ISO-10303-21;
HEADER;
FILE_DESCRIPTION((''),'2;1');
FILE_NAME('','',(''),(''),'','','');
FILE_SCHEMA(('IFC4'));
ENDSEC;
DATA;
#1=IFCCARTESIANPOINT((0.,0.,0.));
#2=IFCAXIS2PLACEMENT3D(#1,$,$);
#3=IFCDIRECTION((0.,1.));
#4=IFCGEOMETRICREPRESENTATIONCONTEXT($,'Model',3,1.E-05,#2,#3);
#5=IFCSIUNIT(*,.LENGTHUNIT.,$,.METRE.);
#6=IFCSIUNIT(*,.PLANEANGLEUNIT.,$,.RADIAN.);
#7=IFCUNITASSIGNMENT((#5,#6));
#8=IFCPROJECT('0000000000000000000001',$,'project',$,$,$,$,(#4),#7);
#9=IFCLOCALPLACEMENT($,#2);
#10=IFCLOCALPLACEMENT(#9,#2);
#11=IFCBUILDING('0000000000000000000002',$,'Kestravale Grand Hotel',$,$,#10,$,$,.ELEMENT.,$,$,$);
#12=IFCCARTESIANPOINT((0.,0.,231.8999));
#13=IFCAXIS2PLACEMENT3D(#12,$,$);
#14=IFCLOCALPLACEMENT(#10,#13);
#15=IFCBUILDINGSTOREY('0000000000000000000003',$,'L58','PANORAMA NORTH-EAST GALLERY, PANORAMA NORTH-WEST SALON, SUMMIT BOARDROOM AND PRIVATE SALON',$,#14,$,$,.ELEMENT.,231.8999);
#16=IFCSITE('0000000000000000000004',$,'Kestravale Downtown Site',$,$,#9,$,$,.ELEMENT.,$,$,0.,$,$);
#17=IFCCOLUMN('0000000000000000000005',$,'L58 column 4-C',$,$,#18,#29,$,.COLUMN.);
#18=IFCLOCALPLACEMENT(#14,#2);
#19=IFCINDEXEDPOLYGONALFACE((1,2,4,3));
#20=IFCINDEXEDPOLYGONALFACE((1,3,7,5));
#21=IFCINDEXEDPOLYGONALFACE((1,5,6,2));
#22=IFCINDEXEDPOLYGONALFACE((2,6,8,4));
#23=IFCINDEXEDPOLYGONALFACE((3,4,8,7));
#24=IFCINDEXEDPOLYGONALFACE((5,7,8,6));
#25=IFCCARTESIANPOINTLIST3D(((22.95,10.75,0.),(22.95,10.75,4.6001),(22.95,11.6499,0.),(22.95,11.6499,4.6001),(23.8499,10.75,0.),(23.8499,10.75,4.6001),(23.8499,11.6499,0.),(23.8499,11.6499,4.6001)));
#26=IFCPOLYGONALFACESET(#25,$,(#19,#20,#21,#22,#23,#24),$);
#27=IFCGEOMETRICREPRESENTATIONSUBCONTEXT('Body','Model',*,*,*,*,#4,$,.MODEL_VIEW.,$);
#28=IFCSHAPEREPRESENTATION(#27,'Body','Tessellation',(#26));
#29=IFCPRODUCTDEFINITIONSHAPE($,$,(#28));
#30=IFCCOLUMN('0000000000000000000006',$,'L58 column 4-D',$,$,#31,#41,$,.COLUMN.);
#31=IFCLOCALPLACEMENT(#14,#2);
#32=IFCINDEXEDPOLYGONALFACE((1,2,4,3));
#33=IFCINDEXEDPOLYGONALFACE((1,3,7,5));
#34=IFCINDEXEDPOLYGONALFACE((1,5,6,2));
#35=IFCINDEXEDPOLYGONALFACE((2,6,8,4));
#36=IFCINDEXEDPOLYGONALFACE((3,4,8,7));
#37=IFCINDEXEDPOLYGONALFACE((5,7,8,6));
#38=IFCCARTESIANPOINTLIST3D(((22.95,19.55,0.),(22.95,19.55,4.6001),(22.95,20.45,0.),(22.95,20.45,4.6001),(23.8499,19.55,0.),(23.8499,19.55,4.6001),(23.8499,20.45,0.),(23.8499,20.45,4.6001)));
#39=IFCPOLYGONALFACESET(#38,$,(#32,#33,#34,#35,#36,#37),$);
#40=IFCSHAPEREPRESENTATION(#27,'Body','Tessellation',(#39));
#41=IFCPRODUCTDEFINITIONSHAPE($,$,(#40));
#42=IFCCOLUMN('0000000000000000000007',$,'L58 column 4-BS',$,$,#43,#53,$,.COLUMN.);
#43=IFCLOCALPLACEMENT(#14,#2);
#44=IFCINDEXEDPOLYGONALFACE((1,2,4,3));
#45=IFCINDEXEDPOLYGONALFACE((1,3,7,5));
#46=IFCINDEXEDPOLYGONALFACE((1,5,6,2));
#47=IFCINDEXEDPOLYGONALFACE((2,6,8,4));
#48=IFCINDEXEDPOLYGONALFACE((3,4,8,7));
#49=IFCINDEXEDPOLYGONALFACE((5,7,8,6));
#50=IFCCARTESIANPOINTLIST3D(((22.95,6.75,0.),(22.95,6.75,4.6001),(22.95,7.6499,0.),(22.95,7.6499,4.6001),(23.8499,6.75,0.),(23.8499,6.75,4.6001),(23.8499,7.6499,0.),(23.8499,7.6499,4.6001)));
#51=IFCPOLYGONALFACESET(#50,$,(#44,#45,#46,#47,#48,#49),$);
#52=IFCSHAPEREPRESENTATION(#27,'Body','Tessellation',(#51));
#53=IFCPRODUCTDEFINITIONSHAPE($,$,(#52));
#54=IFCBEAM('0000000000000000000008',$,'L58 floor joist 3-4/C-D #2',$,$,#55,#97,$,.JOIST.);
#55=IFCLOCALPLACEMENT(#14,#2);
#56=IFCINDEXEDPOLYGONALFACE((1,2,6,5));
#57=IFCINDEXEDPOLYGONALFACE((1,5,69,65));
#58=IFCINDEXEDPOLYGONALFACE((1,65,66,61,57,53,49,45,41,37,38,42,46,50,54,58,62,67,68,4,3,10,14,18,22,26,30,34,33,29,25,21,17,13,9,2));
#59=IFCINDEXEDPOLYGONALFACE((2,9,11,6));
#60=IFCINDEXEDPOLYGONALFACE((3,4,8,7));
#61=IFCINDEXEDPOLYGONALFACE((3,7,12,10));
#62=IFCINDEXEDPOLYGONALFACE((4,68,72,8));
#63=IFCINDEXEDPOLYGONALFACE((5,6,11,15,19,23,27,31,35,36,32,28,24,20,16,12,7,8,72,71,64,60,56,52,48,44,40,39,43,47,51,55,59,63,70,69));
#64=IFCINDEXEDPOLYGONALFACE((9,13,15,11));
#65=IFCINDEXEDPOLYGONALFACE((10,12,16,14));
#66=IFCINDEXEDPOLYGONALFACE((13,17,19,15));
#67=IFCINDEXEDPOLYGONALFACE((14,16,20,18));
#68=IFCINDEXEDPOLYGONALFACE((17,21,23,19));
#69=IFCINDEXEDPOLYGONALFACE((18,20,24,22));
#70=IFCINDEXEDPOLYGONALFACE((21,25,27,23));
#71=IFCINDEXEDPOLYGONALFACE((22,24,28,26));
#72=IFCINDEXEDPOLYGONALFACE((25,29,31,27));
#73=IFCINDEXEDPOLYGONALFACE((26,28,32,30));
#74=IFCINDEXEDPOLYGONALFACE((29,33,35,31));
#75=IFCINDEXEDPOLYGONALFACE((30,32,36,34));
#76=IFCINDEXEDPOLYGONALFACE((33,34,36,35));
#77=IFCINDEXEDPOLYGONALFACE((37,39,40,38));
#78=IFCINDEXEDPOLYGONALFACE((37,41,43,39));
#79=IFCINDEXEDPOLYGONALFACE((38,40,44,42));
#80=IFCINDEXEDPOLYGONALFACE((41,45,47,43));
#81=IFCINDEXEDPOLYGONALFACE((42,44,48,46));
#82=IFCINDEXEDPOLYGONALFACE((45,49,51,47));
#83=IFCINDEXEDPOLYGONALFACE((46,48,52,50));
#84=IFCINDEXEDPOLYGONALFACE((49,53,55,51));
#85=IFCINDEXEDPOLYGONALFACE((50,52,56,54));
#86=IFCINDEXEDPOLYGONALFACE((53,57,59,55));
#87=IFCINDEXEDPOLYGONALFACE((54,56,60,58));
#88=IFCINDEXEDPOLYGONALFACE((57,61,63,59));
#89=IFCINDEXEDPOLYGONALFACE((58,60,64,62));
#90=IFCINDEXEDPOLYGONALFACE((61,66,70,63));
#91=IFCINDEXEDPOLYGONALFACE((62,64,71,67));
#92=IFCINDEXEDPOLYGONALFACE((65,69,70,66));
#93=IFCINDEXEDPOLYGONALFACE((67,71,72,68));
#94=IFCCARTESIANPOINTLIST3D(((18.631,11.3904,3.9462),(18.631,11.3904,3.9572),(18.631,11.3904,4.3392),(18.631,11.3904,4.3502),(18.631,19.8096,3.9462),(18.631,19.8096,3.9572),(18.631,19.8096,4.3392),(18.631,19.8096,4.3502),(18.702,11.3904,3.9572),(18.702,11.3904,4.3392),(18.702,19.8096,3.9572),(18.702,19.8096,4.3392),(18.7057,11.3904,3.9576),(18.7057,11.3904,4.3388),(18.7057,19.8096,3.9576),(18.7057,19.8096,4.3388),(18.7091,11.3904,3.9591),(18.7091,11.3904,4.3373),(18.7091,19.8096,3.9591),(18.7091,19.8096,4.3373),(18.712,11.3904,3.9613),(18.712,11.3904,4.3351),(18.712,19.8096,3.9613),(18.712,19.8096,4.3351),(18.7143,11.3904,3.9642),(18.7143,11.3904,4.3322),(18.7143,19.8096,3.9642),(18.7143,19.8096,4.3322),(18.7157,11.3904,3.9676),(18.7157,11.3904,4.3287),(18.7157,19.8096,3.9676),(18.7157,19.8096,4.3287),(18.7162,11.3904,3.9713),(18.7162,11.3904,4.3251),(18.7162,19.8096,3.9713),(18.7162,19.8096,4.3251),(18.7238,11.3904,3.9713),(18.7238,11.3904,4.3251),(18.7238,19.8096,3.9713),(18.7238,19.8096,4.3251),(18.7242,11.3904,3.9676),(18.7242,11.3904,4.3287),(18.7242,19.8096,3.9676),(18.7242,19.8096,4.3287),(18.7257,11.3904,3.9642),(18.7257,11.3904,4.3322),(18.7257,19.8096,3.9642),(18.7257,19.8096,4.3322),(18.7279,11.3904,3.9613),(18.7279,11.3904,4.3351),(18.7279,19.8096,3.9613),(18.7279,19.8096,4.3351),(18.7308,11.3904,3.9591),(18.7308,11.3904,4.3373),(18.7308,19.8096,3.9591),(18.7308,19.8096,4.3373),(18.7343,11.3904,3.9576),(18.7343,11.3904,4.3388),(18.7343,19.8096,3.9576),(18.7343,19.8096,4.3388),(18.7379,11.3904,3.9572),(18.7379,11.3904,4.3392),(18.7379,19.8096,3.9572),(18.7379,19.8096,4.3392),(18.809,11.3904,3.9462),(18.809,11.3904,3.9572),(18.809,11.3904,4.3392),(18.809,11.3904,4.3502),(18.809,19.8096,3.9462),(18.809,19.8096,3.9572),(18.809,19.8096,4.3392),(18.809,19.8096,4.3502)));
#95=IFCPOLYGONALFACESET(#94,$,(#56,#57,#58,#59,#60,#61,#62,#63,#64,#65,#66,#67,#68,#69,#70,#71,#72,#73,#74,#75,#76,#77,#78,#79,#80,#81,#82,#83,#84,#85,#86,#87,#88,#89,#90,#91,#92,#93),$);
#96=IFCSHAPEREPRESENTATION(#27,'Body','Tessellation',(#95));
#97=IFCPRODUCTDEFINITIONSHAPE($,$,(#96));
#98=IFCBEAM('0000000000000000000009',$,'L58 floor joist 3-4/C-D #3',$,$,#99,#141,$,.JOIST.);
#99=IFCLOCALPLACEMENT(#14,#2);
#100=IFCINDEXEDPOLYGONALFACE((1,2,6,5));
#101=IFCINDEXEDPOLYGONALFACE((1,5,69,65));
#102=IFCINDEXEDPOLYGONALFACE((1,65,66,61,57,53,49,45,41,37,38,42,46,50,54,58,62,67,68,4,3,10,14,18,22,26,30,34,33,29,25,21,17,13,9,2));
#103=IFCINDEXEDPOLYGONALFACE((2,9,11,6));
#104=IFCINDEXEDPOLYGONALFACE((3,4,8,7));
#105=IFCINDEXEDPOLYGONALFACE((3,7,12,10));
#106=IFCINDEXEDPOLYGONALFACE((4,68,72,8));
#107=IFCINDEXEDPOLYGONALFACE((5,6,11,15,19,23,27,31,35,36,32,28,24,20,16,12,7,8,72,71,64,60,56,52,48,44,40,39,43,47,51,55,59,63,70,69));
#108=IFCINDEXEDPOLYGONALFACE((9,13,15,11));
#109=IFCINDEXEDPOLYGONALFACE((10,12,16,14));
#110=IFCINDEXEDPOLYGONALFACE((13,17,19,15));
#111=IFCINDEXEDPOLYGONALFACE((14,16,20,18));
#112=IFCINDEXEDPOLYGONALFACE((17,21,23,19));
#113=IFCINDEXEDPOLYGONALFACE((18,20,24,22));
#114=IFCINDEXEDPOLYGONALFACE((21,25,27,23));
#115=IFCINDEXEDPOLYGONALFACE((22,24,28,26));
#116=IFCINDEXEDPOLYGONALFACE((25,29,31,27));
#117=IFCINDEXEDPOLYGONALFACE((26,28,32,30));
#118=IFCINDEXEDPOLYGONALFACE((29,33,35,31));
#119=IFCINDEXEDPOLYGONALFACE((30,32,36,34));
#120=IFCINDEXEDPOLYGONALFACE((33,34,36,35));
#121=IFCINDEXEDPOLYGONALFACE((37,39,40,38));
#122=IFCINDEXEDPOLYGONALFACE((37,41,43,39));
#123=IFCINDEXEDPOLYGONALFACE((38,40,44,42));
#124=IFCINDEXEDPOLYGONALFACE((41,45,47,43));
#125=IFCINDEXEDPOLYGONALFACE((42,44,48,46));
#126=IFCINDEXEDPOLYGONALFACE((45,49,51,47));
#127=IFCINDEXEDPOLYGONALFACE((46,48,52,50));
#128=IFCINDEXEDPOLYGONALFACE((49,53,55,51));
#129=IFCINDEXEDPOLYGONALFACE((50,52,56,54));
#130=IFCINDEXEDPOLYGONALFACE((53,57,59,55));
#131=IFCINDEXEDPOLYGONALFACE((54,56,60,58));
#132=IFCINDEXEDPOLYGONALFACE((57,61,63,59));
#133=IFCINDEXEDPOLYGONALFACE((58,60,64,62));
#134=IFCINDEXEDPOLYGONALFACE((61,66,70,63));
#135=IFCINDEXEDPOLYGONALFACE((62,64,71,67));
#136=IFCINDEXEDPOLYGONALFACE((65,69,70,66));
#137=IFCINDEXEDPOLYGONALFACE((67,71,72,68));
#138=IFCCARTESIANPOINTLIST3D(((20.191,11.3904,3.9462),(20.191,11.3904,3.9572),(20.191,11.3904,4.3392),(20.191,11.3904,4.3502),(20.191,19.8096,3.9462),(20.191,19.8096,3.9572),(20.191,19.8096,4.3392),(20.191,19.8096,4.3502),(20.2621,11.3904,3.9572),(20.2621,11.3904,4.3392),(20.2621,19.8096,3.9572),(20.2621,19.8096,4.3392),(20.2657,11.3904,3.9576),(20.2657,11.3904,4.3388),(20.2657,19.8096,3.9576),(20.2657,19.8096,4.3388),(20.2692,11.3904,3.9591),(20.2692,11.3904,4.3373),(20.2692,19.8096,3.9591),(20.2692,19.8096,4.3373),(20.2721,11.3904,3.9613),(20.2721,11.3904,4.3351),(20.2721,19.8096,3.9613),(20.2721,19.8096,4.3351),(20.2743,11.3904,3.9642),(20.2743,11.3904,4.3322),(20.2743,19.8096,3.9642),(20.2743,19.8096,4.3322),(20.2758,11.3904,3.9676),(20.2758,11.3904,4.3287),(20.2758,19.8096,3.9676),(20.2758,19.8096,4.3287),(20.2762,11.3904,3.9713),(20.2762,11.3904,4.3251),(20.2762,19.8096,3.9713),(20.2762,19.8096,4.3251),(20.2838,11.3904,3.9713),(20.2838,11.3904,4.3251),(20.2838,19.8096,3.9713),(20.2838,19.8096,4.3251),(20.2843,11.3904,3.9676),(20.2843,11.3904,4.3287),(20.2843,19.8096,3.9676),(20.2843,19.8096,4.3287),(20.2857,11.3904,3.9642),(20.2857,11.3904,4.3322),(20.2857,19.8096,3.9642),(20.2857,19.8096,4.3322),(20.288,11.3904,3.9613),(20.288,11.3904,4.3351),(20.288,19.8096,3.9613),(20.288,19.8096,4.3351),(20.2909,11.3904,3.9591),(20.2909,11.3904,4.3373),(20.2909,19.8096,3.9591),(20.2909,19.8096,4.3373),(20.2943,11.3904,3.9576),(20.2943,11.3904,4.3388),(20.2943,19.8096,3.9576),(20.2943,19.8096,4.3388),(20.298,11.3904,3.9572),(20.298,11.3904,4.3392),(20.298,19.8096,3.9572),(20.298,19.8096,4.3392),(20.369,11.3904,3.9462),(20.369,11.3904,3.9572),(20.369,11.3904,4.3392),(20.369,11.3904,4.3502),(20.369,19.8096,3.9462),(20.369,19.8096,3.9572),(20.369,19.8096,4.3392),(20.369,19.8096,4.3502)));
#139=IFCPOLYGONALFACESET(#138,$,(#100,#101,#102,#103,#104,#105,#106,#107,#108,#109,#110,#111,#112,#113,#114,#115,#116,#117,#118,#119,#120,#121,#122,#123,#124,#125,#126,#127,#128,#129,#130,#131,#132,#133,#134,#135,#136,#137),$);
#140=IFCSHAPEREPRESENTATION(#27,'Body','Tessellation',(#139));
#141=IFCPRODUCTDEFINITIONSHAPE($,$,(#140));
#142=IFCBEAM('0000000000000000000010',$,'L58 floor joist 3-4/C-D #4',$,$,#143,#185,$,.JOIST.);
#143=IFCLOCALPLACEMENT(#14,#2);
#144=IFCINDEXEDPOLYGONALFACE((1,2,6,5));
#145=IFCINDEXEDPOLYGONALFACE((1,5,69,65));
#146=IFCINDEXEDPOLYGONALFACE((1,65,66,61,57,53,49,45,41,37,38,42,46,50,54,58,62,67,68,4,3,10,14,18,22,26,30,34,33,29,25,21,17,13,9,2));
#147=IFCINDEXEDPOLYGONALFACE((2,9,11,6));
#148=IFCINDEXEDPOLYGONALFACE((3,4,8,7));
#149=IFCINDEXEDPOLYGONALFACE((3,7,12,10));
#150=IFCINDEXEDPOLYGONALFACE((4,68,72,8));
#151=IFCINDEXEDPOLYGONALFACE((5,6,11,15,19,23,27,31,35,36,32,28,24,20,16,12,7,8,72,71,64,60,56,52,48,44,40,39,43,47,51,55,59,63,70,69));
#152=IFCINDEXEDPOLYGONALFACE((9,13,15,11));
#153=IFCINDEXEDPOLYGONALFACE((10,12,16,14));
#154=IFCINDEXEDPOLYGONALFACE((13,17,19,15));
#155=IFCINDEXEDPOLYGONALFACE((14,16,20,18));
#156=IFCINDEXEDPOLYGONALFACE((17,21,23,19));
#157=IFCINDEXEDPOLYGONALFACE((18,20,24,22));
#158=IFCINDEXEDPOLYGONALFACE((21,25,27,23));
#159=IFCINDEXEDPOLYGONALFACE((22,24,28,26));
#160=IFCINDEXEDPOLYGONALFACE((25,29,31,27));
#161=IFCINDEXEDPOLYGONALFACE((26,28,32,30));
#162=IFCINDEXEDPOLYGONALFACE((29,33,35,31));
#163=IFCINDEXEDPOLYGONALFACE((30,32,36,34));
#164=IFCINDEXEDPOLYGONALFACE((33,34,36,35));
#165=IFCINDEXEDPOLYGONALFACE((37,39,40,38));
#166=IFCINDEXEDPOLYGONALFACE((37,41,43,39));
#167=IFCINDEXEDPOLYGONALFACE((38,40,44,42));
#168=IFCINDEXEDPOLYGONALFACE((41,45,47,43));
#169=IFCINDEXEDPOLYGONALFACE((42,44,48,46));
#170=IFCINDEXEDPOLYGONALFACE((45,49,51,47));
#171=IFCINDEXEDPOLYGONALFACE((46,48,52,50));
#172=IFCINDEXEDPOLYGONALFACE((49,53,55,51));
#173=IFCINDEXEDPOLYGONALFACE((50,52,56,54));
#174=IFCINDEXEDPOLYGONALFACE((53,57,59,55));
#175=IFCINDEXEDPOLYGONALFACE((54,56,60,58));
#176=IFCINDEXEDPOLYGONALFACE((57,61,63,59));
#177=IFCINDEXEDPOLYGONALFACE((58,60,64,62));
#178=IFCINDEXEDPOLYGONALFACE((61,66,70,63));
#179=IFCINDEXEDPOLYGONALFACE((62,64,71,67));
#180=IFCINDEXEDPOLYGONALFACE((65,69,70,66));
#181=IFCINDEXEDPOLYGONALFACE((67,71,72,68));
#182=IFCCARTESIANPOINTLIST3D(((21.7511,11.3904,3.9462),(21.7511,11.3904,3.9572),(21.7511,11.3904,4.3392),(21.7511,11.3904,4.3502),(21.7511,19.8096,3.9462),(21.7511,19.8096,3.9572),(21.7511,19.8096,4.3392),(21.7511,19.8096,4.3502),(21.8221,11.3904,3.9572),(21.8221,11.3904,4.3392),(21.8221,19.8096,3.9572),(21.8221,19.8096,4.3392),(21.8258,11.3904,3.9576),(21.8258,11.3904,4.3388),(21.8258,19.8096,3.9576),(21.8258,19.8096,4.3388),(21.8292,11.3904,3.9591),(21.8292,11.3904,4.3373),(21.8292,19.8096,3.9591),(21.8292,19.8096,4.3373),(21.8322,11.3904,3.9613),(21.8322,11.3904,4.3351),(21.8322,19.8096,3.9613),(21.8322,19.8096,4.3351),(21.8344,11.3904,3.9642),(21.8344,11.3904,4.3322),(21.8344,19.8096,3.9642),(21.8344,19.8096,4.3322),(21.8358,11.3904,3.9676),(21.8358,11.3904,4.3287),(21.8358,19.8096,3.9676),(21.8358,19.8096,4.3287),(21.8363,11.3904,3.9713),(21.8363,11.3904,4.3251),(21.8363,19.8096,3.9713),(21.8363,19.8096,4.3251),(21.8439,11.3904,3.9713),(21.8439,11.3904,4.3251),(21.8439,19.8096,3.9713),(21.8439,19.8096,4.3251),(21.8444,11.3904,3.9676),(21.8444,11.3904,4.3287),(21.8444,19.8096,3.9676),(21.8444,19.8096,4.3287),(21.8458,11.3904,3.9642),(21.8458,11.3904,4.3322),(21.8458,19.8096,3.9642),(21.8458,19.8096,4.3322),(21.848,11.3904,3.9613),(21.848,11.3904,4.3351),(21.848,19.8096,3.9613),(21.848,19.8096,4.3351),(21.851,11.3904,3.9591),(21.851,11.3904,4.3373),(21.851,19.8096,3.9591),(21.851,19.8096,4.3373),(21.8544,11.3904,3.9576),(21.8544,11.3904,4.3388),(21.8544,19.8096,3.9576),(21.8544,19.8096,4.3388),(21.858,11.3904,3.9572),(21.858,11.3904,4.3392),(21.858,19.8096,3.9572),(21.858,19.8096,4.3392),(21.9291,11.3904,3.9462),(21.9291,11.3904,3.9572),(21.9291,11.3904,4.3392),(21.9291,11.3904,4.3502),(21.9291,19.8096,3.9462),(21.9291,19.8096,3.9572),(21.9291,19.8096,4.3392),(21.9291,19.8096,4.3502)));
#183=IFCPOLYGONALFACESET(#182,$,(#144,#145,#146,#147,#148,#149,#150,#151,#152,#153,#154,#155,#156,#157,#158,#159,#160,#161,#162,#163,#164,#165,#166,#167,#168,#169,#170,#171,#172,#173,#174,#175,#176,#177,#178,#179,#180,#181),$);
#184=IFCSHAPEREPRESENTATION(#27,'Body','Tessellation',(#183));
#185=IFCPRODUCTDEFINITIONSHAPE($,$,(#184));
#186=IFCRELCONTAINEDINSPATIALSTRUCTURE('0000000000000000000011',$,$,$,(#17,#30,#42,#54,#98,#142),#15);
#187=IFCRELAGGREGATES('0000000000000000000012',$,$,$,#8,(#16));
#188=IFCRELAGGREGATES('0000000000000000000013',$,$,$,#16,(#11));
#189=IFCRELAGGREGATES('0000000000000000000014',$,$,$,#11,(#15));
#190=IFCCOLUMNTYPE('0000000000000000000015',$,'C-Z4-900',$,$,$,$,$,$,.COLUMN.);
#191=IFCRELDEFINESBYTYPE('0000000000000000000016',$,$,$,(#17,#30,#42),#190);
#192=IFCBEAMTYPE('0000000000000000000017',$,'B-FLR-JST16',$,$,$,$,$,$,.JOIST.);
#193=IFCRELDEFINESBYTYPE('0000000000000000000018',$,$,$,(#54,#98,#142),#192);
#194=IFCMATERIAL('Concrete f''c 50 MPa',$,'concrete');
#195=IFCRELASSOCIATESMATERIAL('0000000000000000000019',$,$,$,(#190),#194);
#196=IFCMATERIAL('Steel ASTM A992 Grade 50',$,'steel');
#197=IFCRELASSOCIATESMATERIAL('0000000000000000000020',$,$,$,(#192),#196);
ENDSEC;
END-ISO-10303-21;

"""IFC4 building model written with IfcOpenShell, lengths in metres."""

from ifc_helpers import new_model, si_unit, direction, frame, origin, origin_2d, place, context, subcontext, project, spatial, rectangle, i_section, extrude, material, material_profile, profile_set, type_object, element, save


model = new_model("IFC4")

# Units and contexts
model_context = context("Model", 3, precision=1e-05, world=origin(), true_north=direction((0.0, 1.0)))
body_context = subcontext(model_context, "Body", "Model", "MODEL_VIEW")
ifc_project = project(units=[si_unit("LENGTHUNIT", "METRE"), si_unit("PLANEANGLEUNIT", "RADIAN")], contexts=[model_context])

# Site, building, storey
site_placement = place(None, origin())
site = spatial("IfcSite", under=ifc_project, at=site_placement, Name="Kestravale Downtown Site", CompositionType="ELEMENT", RefElevation=0.0)
building_placement = place(site_placement, origin())
building = spatial("IfcBuilding", under=site, at=building_placement, Name="Kestravale Grand Hotel", CompositionType="ELEMENT")
storey_placement = place(building_placement, frame((0.0, 0.0, 231.8999)))
storey = spatial("IfcBuildingStorey", under=building, at=storey_placement, Name="L58", Description="PANORAMA NORTH-EAST GALLERY, PANORAMA NORTH-WEST SALON, SUMMIT BOARDROOM AND PRIVATE SALON", CompositionType="ELEMENT", Elevation=231.8999)

# Columns
ifc_material_1 = material(Name="Concrete f'c 50 MPa", Category="concrete")
ifc_material_profile_1 = material_profile(ifc_material_1, rectangle(XDim=0.8999, YDim=0.8999, at=origin_2d()))
ifc_profile_set_1 = profile_set([ifc_material_profile_1], Name="Concrete f'c 50 MPa")
column_type = type_object("IfcColumnType", Name="C-Z4-900", PredefinedType="COLUMN", material=ifc_profile_set_1)
for number, where, z_axis, x_axis, name in (
    (1, (23.3999, 11.2, 0.0), (0.0, 0.0, 1.0), (1.0, 0.0, 0.0), "L58 column 4-C"),
    (2, (23.3999, 20.0, 0.0), (0.0, 0.0, 1.0), (1.0, 0.0, 0.0), "L58 column 4-D"),
    (3, (23.3999, 7.2, 0.0), (0.0, 0.0, 1.0), (1.0, 0.0, 0.0), "L58 column 4-BS"),
):
    element("IfcColumn", number, at=place(storey_placement, frame(where, z_axis=z_axis, x_axis=x_axis)), inside=storey, type_object=column_type, Name=name, PredefinedType="COLUMN", context=body_context, shape_type="SweptSolid", body=[
        extrude(rectangle(XDim=0.8999, YDim=0.8999, at=origin_2d()), origin(), (0.0, 0.0, 1.0), 4.6001),
    ])

# Beams
ifc_material_2 = material(Name="Steel ASTM A992 Grade 50", Category="steel")
ifc_material_profile_2 = material_profile(ifc_material_2, i_section(OverallWidth=0.178, OverallDepth=0.4041, WebThickness=0.0076, FlangeThickness=0.011, FilletRadius=0.0142, at=origin_2d()))
ifc_profile_set_2 = profile_set([ifc_material_profile_2], Name="Steel ASTM A992 Grade 50")
beam_type_1 = type_object("IfcBeamType", Name="B-FLR-JST16", PredefinedType="JOIST", material=ifc_profile_set_2)
for number, where, z_axis, x_axis, name in (
    (4, (18.72, 11.3904, 4.1482), (0.0, 1.0, 0.0), (-1.0, 0.0, 0.0), "L58 floor joist 3-4/C-D #2"),
    (5, (20.28, 11.3904, 4.1482), (0.0, 1.0, 0.0), (-1.0, 0.0, 0.0), "L58 floor joist 3-4/C-D #3"),
    (6, (21.8401, 11.3904, 4.1482), (0.0, 1.0, 0.0), (-1.0, 0.0, 0.0), "L58 floor joist 3-4/C-D #4"),
):
    element("IfcBeam", number, at=place(storey_placement, frame(where, z_axis=z_axis, x_axis=x_axis)), inside=storey, type_object=beam_type_1, Name=name, PredefinedType="JOIST", context=body_context, shape_type="SweptSolid", body=[
        extrude(i_section(OverallWidth=0.178, OverallDepth=0.4041, WebThickness=0.0076, FlangeThickness=0.011, FilletRadius=0.0142, at=origin_2d()), origin(), (0.0, 0.0, 1.0), 8.4192),
    ])

save(model, "model.ifc")
